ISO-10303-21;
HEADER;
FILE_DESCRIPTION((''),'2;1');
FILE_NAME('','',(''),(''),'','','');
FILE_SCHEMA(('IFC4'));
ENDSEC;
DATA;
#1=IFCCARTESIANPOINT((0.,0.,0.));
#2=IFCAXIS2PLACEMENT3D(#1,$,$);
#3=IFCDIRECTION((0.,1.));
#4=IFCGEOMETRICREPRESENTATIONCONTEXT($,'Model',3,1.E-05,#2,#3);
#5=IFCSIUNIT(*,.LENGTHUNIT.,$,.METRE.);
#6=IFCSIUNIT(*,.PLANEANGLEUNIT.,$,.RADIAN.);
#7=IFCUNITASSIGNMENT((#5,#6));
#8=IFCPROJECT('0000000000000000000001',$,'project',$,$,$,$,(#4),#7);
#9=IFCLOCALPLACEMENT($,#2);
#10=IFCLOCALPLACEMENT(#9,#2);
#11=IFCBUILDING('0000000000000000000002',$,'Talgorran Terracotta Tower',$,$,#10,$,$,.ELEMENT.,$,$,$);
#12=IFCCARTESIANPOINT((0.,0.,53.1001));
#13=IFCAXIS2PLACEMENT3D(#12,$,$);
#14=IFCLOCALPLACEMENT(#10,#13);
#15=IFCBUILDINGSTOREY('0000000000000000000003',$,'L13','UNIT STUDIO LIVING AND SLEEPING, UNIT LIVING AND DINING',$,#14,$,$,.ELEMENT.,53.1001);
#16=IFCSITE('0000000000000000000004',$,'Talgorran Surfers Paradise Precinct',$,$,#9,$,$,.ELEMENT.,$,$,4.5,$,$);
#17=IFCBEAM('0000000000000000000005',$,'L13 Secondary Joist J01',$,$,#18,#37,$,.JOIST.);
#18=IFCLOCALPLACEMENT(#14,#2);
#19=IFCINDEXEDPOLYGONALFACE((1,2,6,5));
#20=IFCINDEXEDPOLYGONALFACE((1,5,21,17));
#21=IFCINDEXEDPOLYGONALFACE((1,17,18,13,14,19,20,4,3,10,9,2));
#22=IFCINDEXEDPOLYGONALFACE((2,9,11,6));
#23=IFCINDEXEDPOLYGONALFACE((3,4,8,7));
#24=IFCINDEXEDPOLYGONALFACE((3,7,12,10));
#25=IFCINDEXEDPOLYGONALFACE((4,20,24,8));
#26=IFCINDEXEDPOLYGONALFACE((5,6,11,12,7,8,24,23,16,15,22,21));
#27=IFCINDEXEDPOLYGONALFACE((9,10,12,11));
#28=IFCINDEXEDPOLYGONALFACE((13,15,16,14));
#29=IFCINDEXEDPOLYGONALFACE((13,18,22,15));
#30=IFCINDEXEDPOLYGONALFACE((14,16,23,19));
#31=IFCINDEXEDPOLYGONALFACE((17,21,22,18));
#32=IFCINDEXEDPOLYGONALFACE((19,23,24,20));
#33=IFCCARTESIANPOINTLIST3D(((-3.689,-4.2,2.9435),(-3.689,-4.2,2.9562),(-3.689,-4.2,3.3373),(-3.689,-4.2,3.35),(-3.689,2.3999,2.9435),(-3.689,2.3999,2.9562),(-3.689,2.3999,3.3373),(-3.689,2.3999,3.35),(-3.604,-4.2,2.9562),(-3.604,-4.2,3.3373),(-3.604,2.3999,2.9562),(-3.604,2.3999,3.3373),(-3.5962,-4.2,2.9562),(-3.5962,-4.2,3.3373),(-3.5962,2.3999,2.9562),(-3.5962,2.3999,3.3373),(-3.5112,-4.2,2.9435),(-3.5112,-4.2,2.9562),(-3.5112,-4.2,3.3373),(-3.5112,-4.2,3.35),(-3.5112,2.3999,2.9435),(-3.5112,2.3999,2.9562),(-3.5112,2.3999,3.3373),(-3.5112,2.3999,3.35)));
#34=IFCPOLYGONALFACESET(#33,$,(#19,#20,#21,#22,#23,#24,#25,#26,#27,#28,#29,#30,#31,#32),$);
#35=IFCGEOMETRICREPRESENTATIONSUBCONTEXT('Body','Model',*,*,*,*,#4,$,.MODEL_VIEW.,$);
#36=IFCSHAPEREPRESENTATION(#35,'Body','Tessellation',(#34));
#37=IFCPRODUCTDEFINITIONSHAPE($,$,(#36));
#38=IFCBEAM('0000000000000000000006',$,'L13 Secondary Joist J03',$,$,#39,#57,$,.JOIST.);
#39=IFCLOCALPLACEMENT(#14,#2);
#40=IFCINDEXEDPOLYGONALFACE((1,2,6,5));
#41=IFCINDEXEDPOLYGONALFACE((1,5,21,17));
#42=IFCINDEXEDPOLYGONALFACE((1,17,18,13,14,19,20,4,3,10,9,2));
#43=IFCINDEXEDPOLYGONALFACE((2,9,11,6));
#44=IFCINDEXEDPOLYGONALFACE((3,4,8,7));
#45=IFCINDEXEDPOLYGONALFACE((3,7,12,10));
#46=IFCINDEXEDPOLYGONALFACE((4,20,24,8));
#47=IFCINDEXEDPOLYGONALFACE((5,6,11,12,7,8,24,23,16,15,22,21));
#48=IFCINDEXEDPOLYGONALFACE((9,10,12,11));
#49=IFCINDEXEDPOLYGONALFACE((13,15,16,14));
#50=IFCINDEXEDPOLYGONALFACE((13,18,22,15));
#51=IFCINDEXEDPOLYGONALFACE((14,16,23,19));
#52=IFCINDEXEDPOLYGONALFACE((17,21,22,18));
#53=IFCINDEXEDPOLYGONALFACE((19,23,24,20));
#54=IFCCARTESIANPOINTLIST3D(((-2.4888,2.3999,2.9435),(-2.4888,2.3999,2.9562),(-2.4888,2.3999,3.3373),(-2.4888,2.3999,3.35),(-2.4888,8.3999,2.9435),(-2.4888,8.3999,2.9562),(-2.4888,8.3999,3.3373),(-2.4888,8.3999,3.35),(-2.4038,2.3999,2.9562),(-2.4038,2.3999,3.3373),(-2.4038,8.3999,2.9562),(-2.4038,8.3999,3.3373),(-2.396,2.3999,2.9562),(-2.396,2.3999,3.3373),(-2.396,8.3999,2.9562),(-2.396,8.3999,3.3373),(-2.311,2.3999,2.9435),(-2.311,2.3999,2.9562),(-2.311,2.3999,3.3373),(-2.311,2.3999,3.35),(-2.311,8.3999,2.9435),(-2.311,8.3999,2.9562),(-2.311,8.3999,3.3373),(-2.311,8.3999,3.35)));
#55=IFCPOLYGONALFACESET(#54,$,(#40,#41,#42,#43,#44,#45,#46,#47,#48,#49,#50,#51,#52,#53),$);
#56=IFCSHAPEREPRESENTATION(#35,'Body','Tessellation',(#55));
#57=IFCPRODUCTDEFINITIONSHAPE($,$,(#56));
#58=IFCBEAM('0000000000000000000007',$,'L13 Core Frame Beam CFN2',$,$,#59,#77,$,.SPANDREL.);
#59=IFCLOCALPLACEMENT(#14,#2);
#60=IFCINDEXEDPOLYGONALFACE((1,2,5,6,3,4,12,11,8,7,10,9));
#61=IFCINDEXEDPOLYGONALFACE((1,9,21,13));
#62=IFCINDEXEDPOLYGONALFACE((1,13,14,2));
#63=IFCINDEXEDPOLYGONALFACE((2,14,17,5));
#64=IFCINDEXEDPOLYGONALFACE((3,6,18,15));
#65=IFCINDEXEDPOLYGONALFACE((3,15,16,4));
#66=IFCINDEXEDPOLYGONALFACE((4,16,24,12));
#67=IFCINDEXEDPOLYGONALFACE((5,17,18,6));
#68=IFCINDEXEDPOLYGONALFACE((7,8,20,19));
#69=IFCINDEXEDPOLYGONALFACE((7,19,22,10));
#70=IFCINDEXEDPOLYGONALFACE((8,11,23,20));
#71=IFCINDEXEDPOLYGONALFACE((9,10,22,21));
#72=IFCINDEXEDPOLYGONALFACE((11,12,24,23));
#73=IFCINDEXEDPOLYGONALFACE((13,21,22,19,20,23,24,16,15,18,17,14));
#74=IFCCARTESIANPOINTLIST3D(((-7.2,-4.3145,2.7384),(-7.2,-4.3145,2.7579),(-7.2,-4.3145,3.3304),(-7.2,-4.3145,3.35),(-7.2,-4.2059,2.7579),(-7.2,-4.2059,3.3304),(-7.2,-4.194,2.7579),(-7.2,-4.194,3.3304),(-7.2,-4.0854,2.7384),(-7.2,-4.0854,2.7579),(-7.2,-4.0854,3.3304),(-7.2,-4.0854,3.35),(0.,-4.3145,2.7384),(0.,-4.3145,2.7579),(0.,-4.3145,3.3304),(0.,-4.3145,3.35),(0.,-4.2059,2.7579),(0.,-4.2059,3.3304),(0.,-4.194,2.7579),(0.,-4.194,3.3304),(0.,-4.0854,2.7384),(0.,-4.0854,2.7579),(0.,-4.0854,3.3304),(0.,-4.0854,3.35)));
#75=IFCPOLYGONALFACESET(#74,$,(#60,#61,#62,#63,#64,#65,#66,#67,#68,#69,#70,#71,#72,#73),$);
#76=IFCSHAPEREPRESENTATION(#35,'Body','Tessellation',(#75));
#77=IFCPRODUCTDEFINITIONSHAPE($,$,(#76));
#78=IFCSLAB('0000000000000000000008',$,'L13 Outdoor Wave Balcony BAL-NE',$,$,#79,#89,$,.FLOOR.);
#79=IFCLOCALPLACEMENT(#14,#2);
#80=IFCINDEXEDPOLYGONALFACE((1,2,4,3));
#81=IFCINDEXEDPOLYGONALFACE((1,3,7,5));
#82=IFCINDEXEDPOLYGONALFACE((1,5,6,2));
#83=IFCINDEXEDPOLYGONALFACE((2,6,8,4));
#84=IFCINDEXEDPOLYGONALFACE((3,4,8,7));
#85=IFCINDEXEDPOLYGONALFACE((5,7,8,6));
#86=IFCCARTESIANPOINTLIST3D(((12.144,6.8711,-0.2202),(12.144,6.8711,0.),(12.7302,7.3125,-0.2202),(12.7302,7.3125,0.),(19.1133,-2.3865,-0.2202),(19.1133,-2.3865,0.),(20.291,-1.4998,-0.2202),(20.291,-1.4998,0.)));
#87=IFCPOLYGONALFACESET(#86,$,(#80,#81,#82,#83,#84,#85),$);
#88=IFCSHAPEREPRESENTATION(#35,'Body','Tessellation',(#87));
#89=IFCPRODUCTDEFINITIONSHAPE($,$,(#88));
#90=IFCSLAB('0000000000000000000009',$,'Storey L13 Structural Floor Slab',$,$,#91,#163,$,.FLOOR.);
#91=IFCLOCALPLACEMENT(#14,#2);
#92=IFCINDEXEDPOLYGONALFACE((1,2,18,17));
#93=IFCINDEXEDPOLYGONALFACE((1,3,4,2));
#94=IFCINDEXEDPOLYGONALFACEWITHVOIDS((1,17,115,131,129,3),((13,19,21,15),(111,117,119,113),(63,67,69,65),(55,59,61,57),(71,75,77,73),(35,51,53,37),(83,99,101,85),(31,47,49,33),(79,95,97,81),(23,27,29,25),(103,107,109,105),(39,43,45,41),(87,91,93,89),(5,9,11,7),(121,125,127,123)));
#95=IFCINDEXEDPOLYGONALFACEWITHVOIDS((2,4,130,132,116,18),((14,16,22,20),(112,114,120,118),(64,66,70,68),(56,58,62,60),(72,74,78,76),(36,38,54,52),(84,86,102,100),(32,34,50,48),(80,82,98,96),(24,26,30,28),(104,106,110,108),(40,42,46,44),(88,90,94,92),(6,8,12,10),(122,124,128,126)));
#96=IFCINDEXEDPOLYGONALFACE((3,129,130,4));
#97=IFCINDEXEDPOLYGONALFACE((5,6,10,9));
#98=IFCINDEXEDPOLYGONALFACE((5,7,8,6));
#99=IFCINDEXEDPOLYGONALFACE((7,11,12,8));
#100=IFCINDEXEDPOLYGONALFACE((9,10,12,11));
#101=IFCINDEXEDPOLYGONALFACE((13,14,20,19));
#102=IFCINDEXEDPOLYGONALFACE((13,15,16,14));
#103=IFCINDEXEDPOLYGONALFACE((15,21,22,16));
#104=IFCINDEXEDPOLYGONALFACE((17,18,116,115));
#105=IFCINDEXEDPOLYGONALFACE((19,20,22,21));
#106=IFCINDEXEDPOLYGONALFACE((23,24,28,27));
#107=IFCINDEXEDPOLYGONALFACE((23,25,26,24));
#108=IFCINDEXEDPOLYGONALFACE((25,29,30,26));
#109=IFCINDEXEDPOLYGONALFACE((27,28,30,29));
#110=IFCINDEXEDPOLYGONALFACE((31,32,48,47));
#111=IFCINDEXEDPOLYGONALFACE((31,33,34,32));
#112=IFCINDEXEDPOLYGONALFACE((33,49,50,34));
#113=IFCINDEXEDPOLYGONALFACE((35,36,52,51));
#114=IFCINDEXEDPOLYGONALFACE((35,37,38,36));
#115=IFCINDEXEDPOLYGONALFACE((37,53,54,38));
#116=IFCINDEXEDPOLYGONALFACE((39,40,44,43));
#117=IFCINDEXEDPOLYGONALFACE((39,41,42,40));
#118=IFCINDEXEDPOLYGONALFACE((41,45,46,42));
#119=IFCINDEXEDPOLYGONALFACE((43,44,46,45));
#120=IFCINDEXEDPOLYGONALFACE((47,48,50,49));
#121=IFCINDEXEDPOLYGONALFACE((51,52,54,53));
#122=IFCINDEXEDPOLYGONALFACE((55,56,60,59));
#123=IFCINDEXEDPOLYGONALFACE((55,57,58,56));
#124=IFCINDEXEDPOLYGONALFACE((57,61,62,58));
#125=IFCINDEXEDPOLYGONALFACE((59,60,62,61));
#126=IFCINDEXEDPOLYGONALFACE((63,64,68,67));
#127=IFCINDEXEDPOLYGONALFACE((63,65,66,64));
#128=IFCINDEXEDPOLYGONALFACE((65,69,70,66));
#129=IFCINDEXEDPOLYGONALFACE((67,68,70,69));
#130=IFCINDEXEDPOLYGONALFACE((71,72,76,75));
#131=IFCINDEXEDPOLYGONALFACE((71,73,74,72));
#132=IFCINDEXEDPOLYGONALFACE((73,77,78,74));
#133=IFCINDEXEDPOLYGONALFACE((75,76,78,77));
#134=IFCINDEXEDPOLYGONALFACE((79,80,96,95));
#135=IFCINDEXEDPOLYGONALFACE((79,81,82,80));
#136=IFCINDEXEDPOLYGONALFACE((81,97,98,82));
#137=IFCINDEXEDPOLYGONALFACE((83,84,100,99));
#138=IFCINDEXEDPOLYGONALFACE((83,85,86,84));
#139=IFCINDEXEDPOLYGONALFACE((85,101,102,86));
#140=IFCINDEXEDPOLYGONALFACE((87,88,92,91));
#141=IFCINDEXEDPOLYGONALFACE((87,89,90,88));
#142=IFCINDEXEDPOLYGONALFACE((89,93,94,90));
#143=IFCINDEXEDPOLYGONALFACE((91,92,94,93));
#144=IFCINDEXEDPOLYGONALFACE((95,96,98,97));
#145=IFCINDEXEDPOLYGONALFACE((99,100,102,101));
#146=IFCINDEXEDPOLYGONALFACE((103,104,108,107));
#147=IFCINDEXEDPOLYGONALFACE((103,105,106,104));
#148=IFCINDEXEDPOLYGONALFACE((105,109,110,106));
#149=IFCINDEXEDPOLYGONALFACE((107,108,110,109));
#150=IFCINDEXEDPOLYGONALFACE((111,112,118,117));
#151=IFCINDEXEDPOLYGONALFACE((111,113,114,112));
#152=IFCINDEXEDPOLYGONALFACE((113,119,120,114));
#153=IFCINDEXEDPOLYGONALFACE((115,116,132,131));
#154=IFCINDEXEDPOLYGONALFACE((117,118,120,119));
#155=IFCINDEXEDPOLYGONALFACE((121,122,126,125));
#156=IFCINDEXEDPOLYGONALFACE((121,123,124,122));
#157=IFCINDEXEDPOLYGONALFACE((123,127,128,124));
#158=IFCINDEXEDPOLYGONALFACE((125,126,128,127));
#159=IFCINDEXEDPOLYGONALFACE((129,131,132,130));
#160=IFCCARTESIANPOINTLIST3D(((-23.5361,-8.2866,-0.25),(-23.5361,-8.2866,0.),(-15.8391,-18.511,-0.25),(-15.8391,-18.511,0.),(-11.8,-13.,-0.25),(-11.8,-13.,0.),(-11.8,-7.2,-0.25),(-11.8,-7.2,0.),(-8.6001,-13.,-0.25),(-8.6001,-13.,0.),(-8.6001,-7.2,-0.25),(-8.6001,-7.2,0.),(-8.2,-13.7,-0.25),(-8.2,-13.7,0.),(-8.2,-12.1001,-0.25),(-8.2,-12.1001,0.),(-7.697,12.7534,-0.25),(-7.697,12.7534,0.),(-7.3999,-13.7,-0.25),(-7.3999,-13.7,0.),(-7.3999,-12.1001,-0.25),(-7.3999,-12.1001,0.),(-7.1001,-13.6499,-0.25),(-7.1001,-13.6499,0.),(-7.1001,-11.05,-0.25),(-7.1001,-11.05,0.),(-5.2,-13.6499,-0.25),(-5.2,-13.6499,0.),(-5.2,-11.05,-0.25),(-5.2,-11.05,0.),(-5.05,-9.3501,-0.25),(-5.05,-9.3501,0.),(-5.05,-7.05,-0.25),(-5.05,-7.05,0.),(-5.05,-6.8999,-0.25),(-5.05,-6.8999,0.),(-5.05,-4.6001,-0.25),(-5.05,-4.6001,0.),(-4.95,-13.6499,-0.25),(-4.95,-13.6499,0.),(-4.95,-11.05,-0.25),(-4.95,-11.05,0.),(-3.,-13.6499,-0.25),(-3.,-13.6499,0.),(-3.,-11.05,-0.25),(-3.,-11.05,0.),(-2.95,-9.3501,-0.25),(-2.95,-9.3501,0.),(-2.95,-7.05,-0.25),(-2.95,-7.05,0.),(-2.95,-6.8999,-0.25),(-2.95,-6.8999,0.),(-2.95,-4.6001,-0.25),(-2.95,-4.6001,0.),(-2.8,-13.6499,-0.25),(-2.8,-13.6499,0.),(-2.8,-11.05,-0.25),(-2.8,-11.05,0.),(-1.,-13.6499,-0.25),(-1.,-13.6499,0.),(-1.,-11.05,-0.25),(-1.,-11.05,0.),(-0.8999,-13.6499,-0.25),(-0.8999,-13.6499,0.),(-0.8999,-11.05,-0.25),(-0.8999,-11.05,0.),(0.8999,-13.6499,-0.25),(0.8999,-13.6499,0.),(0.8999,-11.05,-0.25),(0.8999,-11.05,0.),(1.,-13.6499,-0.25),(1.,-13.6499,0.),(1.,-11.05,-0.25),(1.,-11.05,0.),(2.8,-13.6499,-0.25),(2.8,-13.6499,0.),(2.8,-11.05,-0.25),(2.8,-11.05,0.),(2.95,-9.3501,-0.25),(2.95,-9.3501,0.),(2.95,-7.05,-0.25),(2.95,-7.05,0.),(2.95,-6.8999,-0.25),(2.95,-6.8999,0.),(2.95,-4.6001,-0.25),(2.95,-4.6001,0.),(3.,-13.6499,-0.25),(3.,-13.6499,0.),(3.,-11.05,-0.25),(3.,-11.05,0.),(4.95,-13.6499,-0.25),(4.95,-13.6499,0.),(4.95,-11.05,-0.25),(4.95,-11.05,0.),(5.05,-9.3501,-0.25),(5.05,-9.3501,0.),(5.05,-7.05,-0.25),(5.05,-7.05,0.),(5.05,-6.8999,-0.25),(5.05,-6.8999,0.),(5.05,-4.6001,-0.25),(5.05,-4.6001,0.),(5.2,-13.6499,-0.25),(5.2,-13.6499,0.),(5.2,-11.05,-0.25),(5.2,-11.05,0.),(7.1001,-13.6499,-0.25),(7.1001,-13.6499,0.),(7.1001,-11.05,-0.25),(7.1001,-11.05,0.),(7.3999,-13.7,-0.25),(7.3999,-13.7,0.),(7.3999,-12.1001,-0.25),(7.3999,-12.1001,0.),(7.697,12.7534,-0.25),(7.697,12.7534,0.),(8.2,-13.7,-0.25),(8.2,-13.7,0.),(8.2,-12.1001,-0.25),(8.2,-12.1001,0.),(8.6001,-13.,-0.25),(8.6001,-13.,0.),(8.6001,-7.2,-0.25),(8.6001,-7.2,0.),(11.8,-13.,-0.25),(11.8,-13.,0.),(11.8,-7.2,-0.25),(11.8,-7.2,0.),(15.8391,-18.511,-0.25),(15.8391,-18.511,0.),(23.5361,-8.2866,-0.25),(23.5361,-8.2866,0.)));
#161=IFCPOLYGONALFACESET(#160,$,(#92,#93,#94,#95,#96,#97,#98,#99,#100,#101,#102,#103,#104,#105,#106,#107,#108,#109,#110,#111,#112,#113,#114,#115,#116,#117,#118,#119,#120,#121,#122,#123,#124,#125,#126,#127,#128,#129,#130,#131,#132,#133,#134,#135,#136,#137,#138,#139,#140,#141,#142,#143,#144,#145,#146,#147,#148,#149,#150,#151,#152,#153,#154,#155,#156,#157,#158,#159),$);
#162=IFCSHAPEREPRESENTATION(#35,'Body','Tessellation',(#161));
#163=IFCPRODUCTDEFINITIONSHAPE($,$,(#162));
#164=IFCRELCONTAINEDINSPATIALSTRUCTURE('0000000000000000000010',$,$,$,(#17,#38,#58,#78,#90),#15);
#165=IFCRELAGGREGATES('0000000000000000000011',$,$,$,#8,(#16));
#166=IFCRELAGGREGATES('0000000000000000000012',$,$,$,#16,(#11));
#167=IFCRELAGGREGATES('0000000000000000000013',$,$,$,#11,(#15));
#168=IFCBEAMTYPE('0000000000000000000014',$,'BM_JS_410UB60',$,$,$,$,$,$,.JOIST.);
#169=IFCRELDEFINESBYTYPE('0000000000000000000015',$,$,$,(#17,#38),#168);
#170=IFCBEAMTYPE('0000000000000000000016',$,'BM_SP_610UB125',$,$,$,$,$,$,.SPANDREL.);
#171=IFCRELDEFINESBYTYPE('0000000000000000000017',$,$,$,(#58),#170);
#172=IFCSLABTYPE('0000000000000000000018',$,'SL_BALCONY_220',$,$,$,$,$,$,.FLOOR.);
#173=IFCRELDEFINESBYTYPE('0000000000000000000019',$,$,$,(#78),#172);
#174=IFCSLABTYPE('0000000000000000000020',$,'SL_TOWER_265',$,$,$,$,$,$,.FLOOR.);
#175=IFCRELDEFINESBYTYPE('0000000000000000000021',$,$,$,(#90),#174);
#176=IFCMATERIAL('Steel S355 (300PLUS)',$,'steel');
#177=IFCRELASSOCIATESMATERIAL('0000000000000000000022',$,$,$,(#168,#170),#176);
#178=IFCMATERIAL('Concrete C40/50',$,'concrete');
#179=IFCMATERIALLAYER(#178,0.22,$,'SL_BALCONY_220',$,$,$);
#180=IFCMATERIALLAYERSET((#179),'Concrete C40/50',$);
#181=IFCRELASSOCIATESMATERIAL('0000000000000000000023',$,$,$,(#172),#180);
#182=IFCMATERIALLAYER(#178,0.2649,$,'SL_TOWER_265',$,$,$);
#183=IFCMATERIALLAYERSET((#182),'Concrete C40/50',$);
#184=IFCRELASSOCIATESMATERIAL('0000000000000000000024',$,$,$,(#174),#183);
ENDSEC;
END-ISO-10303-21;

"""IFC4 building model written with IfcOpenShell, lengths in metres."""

from ifc_helpers import new_model, si_unit, direction, frame, origin, origin_2d, place, context, subcontext, project, spatial, polyline, i_section, outline, extrude, material, layer, layer_set, material_profile, profile_set, type_object, element, save


model = new_model("IFC4")

# Units and contexts
model_context = context("Model", 3, precision=1e-05, world=origin(), true_north=direction((0.0, 1.0)))
body_context = subcontext(model_context, "Body", "Model", "MODEL_VIEW")
ifc_project = project(units=[si_unit("LENGTHUNIT", "METRE"), si_unit("PLANEANGLEUNIT", "RADIAN")], contexts=[model_context])

# Site, building, storey
site_placement = place(None, origin())
site = spatial("IfcSite", under=ifc_project, at=site_placement, Name="Talgorran Surfers Paradise Precinct", CompositionType="ELEMENT", RefElevation=4.5)
building_placement = place(site_placement, origin())
building = spatial("IfcBuilding", under=site, at=building_placement, Name="Talgorran Terracotta Tower", CompositionType="ELEMENT")
storey_placement = place(building_placement, frame((0.0, 0.0, 53.1001)))
storey = spatial("IfcBuildingStorey", under=building, at=storey_placement, Name="L13", Description="UNIT STUDIO LIVING AND SLEEPING, UNIT LIVING AND DINING", CompositionType="ELEMENT", Elevation=53.1001)

# Shared definitions
ifc_material_1 = material(Name="Steel S355 (300PLUS)", Category="steel")

# Beams
ifc_material_profile_1 = material_profile(ifc_material_1, i_section(OverallWidth=0.1777, OverallDepth=0.4065, WebThickness=0.0078, FlangeThickness=0.0127, at=origin_2d()), Name="410UB59.7")
ifc_profile_set_1 = profile_set([ifc_material_profile_1], Name="Steel S355 (300PLUS)")
beam_type_1 = type_object("IfcBeamType", Name="BM_JS_410UB60", PredefinedType="JOIST", material=ifc_profile_set_1)
beam_1_placement = place(storey_placement, frame((-3.6001, -4.2, 3.1467), z_axis=(0.0, 1.0, 0.0), x_axis=(-1.0, 0.0, 0.0)))
element("IfcBeam", 1, at=beam_1_placement, inside=storey, type_object=beam_type_1, Name="L13 Secondary Joist J01", PredefinedType="JOIST", context=body_context, shape_type="SweptSolid", body=[
    extrude(i_section(OverallWidth=0.1777, OverallDepth=0.4065, WebThickness=0.0078, FlangeThickness=0.0127, at=origin_2d()), origin(), (0.0, 0.0, 1.0), 6.5999),
])
beam_2_placement = place(storey_placement, frame((-2.3999, 2.3999, 3.1467), z_axis=(0.0, 1.0, 0.0), x_axis=(-1.0, 0.0, 0.0)))
element("IfcBeam", 2, at=beam_2_placement, inside=storey, type_object=beam_type_1, Name="L13 Secondary Joist J03", PredefinedType="JOIST", context=body_context, shape_type="SweptSolid", body=[
    extrude(i_section(OverallWidth=0.1777, OverallDepth=0.4065, WebThickness=0.0078, FlangeThickness=0.0127, at=origin_2d()), origin(), (0.0, 0.0, 1.0), 6.0),
])
ifc_material_profile_2 = material_profile(ifc_material_1, i_section(OverallWidth=0.229, OverallDepth=0.6116, WebThickness=0.012, FlangeThickness=0.0195, at=origin_2d()), Name="610UB125")
ifc_profile_set_2 = profile_set([ifc_material_profile_2], Name="Steel S355 (300PLUS)")
beam_type_2 = type_object("IfcBeamType", Name="BM_SP_610UB125", PredefinedType="SPANDREL", material=ifc_profile_set_2)
beam_3_placement = place(storey_placement, frame((-7.2, -4.2, 3.0442), z_axis=(1.0, 0.0, 0.0), x_axis=(0.0, 1.0, 0.0)))
element("IfcBeam", 3, at=beam_3_placement, inside=storey, type_object=beam_type_2, Name="L13 Core Frame Beam CFN2", PredefinedType="SPANDREL", context=body_context, shape_type="SweptSolid", body=[
    extrude(i_section(OverallWidth=0.229, OverallDepth=0.6116, WebThickness=0.012, FlangeThickness=0.0195, at=origin_2d()), origin(), (0.0, 0.0, 1.0), 7.2),
])

# Slabs
ifc_material_2 = material(Name="Concrete C40/50", Category="concrete")
ifc_layer_1 = layer(ifc_material_2, 0.22, Name="SL_BALCONY_220")
ifc_layer_set_1 = layer_set([ifc_layer_1], Name="Concrete C40/50")
slab_type_1 = type_object("IfcSlabType", Name="SL_BALCONY_220", PredefinedType="FLOOR", material=ifc_layer_set_1)
slab_1_placement = place(storey_placement, frame((0.0, 0.0, -0.2202)))
element("IfcSlab", 4, at=slab_1_placement, inside=storey, type_object=slab_type_1, Name="L13 Outdoor Wave Balcony BAL-NE", PredefinedType="FLOOR", context=body_context, shape_type="SweptSolid", body=[
    extrude(outline(polyline([(12.144, 6.8711), (19.1133, -2.3865), (20.291, -1.4998), (12.7302, 7.3125), (12.144, 6.8711)])), origin(), (0.0, 0.0, 1.0), 0.2202),
])
ifc_layer_2 = layer(ifc_material_2, 0.2649, Name="SL_TOWER_265")
ifc_layer_set_2 = layer_set([ifc_layer_2], Name="Concrete C40/50")
slab_type_2 = type_object("IfcSlabType", Name="SL_TOWER_265", PredefinedType="FLOOR", material=ifc_layer_set_2)
slab_2_placement = place(storey_placement, frame((0.0, 0.0, -0.25)))
element("IfcSlab", 5, at=slab_2_placement, inside=storey, type_object=slab_type_2, Name="Storey L13 Structural Floor Slab", PredefinedType="FLOOR", context=body_context, shape_type="SweptSolid", body=[
    extrude(outline(polyline([(-23.5361, -8.2866), (-15.8391, -18.511), (15.8391, -18.511), (23.5361, -8.2866), (7.697, 12.7534), (-7.697, 12.7534), (-23.5361, -8.2866)]), holes=[polyline([(-11.8, -7.2), (-11.8, -13.0), (-8.6001, -13.0), (-8.6001, -7.2), (-11.8, -7.2)]), polyline([(8.6001, -7.2), (8.6001, -13.0), (11.8, -13.0), (11.8, -7.2), (8.6001, -7.2)]), polyline([(-7.1001, -13.6499), (-5.2, -13.6499), (-5.2, -11.05), (-7.1001, -11.05), (-7.1001, -13.6499)]), polyline([(5.2, -13.6499), (7.1001, -13.6499), (7.1001, -11.05), (5.2, -11.05), (5.2, -13.6499)]), polyline([(3.0, -13.6499), (4.95, -13.6499), (4.95, -11.05), (3.0, -11.05), (3.0, -13.6499)]), polyline([(-4.95, -13.6499), (-3.0, -13.6499), (-3.0, -11.05), (-4.95, -11.05), (-4.95, -13.6499)]), polyline([(-5.05, -9.3501), (-2.95, -9.3501), (-2.95, -7.05), (-5.05, -7.05), (-5.05, -9.3501)]), polyline([(-5.05, -6.8999), (-2.95, -6.8999), (-2.95, -4.6001), (-5.05, -4.6001), (-5.05, -6.8999)]), polyline([(2.95, -9.3501), (5.05, -9.3501), (5.05, -7.05), (2.95, -7.05), (2.95, -9.3501)]), polyline([(2.95, -6.8999), (5.05, -6.8999), (5.05, -4.6001), (2.95, -4.6001), (2.95, -6.8999)]), polyline([(-2.8, -13.6499), (-1.0, -13.6499), (-1.0, -11.05), (-2.8, -11.05), (-2.8, -13.6499)]), polyline([(-0.8999, -13.6499), (0.8999, -13.6499), (0.8999, -11.05), (-0.8999, -11.05), (-0.8999, -13.6499)]), polyline([(1.0, -13.6499), (2.8, -13.6499), (2.8, -11.05), (1.0, -11.05), (1.0, -13.6499)]), polyline([(-8.2, -13.7), (-7.3999, -13.7), (-7.3999, -12.1001), (-8.2, -12.1001), (-8.2, -13.7)]), polyline([(7.3999, -13.7), (8.2, -13.7), (8.2, -12.1001), (7.3999, -12.1001), (7.3999, -13.7)])]), origin(), (0.0, 0.0, 1.0), 0.25),
])

save(model, "model.ifc")
